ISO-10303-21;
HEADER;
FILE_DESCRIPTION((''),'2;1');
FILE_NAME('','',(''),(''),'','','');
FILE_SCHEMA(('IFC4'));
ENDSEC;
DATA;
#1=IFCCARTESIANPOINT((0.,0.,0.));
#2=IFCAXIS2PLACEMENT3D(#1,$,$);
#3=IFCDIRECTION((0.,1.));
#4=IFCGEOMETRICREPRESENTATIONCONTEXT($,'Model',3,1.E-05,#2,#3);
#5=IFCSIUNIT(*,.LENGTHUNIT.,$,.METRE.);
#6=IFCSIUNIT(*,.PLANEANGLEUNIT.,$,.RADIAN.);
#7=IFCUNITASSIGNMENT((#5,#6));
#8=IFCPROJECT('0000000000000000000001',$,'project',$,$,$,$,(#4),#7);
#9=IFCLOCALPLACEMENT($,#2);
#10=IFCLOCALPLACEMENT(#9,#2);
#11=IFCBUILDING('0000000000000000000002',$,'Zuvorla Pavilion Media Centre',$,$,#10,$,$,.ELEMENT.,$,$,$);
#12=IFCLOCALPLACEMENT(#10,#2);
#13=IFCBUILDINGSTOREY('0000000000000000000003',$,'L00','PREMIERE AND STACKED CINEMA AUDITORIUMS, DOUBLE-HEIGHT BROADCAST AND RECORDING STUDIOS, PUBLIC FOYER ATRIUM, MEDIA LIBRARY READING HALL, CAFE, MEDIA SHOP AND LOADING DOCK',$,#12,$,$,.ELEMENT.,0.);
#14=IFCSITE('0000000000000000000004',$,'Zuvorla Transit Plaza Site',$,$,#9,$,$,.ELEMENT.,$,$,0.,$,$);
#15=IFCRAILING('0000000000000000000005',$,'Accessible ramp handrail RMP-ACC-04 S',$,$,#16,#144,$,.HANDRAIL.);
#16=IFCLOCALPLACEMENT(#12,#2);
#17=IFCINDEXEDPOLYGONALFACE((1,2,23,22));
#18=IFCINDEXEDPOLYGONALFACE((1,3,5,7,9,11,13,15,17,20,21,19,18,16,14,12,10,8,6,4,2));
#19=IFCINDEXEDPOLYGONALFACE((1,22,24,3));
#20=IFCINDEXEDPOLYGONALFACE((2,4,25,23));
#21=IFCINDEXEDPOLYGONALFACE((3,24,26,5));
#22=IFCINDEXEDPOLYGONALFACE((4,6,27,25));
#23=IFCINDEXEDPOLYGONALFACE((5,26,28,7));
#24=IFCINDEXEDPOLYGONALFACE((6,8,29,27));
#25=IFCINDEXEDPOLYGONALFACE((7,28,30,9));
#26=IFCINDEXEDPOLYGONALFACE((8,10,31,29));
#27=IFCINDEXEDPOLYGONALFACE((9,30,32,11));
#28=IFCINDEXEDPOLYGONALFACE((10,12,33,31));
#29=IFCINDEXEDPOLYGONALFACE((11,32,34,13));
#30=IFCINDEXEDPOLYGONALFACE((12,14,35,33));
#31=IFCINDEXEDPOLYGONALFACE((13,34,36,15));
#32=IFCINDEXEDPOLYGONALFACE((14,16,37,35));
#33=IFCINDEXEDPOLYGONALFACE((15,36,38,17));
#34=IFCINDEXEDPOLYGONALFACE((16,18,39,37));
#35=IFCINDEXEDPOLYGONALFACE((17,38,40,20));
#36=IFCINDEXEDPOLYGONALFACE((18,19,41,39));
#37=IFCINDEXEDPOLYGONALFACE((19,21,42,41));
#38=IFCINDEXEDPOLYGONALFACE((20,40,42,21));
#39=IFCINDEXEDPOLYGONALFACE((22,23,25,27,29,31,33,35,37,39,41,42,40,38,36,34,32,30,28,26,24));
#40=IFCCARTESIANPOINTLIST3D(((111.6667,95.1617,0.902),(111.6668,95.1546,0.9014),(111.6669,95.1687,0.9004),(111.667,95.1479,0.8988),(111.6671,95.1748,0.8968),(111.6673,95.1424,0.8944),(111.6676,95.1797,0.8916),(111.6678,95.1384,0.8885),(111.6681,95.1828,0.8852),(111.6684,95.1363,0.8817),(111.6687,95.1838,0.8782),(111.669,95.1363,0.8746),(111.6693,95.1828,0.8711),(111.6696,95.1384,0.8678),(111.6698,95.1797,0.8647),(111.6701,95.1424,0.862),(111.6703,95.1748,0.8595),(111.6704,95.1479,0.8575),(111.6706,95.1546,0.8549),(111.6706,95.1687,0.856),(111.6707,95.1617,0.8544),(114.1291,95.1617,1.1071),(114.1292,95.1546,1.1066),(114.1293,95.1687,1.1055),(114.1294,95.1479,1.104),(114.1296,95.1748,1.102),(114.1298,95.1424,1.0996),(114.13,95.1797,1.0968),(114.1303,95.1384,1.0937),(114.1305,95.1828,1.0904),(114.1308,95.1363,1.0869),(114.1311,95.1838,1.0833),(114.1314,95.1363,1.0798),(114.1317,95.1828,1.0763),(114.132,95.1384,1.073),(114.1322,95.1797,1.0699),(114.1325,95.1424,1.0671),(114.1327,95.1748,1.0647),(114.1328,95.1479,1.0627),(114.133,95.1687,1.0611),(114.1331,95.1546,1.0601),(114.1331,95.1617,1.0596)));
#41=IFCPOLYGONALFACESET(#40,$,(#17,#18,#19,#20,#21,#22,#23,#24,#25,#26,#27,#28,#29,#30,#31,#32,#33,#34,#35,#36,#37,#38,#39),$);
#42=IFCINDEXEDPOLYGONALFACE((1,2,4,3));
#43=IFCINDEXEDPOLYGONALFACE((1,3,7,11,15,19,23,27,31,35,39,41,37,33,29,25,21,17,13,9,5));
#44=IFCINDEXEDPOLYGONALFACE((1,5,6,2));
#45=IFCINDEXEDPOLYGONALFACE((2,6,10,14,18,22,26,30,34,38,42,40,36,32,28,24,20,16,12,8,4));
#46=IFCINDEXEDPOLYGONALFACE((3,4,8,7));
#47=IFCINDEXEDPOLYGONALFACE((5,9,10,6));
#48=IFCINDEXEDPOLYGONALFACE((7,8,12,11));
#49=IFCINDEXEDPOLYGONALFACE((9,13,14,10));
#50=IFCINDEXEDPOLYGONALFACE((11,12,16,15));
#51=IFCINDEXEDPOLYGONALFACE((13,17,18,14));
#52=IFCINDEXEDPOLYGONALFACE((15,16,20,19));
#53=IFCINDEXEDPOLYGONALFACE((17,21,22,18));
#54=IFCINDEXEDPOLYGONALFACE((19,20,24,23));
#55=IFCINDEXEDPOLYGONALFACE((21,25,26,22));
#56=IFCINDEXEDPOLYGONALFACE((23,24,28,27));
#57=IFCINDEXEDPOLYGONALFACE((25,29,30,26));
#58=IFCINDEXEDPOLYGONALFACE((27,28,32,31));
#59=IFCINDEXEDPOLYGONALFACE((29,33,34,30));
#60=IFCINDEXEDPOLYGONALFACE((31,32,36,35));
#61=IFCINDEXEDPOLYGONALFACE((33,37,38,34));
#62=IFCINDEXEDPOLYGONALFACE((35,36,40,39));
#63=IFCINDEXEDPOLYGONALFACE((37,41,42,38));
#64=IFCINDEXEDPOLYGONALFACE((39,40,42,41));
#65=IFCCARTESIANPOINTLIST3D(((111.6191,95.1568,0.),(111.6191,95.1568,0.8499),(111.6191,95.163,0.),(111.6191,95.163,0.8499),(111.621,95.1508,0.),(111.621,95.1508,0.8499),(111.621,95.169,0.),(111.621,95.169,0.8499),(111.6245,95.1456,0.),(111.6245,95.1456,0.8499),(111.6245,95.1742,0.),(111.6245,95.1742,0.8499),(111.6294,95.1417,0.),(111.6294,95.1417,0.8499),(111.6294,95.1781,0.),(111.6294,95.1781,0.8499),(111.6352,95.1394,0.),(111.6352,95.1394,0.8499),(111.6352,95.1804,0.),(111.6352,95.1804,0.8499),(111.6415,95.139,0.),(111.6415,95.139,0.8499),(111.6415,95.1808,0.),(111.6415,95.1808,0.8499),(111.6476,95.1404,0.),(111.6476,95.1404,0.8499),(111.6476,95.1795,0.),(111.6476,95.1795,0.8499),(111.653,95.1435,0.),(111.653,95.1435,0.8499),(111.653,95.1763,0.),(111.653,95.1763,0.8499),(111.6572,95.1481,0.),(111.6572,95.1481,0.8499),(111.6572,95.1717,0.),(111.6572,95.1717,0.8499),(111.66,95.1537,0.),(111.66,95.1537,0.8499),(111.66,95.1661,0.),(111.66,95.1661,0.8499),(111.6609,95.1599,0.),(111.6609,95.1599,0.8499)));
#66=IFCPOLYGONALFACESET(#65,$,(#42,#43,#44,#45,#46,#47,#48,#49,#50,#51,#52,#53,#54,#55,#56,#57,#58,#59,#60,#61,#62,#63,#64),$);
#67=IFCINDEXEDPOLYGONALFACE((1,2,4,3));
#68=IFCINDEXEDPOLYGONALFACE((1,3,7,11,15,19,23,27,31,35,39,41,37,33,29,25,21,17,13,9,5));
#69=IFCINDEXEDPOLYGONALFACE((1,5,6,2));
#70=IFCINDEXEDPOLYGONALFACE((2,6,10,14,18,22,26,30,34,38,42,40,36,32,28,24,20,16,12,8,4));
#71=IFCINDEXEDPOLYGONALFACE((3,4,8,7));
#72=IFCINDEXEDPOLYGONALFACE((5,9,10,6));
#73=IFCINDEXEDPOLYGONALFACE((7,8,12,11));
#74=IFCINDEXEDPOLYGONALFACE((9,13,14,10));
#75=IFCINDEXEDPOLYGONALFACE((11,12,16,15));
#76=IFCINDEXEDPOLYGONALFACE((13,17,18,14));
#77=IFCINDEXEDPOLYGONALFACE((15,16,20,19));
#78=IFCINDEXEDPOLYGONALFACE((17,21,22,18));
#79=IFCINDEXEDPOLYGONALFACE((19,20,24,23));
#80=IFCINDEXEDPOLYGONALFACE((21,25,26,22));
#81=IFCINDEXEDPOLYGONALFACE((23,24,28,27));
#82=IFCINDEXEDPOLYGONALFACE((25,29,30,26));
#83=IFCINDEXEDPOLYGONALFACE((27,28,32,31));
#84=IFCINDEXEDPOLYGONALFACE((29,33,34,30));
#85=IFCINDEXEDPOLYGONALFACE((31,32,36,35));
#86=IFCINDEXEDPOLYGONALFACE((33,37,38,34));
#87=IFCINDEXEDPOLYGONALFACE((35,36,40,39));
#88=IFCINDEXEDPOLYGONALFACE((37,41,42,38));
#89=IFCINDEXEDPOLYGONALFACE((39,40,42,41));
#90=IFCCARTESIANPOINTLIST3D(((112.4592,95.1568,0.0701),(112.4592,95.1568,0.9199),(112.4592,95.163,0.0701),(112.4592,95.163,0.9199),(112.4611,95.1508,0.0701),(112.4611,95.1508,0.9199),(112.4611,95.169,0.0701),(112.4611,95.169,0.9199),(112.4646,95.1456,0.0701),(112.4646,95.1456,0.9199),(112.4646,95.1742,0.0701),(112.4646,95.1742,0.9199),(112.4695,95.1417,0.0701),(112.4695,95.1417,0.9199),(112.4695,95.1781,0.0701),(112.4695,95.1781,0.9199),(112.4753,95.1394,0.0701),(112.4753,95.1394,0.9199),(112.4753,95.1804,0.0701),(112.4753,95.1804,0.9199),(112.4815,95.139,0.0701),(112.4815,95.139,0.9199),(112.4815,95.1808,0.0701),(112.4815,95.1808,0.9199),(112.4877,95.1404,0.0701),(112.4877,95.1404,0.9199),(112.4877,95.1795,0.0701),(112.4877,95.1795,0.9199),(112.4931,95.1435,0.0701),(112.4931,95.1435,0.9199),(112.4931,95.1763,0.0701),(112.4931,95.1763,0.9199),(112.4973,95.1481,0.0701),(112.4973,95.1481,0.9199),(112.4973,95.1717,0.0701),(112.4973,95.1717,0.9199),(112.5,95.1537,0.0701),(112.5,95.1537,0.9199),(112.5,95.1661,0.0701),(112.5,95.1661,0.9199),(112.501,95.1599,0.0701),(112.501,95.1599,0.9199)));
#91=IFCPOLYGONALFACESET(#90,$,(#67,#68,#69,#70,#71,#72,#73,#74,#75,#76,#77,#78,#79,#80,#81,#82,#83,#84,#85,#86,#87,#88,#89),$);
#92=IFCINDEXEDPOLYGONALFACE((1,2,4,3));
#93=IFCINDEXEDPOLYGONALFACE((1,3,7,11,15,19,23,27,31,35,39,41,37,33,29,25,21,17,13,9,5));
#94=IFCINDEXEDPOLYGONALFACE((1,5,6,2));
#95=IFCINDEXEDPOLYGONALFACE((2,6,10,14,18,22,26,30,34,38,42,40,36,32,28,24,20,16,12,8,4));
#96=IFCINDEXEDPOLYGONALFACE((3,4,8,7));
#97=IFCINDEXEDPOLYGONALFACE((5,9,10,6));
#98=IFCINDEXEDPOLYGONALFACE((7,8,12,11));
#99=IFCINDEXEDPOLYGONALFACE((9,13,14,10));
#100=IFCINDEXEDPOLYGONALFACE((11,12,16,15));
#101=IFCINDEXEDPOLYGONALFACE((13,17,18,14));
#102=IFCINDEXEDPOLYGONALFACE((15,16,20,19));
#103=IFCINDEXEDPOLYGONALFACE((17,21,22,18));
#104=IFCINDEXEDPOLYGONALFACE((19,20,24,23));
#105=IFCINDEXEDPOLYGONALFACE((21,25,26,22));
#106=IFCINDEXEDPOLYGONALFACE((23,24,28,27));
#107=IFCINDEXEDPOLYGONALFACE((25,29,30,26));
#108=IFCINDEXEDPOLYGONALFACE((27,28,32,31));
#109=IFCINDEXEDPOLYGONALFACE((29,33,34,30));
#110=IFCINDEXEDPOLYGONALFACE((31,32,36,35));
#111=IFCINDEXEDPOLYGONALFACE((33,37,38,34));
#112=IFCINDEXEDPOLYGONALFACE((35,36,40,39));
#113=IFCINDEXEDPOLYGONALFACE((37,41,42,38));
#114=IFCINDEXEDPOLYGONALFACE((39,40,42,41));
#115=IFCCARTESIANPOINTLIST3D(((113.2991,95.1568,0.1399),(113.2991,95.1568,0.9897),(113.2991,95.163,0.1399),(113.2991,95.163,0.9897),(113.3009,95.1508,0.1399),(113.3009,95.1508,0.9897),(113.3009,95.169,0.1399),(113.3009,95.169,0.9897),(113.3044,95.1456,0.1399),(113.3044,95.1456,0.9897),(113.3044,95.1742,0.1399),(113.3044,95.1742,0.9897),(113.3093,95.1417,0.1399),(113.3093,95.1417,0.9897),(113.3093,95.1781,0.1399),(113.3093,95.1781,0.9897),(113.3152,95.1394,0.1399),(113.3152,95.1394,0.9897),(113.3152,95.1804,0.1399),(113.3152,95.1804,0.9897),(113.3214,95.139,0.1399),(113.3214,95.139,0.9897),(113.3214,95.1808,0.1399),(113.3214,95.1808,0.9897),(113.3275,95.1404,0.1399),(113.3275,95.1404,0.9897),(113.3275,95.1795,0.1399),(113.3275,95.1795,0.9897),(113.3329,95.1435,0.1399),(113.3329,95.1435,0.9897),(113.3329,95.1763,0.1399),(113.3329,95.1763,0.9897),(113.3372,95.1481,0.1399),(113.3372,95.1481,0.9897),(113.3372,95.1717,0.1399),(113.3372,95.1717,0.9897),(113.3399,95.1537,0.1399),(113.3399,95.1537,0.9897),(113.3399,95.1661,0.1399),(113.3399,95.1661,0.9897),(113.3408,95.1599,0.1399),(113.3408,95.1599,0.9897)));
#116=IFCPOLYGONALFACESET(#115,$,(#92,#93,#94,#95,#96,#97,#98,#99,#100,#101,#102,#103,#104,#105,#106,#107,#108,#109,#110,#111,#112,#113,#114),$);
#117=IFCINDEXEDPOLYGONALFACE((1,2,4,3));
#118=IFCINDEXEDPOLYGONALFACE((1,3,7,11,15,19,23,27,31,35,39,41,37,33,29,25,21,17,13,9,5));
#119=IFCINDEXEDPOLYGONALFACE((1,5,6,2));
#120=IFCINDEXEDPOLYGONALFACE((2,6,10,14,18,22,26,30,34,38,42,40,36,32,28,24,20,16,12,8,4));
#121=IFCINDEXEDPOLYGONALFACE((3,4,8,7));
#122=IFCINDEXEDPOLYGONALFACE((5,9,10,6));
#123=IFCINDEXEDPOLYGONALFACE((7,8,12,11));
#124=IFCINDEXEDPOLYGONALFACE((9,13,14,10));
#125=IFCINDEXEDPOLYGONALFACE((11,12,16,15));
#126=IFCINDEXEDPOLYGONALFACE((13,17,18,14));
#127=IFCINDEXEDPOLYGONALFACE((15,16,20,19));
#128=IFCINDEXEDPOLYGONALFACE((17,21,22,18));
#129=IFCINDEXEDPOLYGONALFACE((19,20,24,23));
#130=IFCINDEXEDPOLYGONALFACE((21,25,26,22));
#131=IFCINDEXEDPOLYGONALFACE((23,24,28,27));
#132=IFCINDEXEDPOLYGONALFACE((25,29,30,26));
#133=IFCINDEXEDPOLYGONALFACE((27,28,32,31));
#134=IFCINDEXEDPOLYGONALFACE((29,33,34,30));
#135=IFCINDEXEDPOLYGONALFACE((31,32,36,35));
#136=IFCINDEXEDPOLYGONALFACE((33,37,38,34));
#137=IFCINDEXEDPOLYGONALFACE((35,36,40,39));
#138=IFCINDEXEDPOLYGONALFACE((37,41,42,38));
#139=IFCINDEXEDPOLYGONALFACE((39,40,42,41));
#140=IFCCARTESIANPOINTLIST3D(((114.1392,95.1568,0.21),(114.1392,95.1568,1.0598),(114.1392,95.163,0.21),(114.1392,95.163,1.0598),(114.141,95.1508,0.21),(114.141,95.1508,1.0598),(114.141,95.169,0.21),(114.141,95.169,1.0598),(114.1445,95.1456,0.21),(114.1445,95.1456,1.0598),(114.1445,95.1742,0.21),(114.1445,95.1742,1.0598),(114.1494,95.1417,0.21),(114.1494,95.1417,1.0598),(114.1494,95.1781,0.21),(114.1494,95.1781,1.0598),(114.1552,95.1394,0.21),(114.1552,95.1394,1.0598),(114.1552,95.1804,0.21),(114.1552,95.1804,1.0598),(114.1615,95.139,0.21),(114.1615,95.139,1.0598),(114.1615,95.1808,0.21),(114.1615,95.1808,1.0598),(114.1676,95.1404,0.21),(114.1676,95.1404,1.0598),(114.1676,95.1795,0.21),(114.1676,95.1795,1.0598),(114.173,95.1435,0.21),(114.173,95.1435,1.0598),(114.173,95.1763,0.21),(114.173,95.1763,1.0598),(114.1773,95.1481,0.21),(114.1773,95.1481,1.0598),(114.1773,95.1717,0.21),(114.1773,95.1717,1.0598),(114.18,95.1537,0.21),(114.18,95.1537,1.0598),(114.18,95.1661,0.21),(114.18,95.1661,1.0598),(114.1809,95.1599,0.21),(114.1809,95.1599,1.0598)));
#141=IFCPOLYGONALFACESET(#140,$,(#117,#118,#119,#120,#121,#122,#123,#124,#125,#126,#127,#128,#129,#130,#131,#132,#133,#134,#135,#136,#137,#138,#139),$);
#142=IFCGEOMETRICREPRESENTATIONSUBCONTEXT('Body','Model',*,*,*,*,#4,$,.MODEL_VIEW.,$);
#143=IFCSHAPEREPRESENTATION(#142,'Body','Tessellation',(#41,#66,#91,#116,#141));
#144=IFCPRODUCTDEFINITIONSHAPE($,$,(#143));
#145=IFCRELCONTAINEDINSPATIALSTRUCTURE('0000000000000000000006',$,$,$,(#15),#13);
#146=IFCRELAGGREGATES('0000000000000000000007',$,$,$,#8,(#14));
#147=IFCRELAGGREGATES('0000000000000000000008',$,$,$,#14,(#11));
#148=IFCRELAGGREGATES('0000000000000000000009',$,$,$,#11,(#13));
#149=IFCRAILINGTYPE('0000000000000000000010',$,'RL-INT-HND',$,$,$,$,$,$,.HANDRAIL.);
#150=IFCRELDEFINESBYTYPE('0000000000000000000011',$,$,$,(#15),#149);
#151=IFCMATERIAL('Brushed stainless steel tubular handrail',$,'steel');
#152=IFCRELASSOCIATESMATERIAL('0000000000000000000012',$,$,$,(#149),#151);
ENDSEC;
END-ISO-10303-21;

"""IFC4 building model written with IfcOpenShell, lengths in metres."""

from ifc_helpers import new_model, si_unit, direction, frame, origin, origin_2d, place, context, subcontext, project, spatial, circle, extrude, material, type_object, element, save


model = new_model("IFC4")

# Units and contexts
model_context = context("Model", 3, precision=1e-05, world=origin(), true_north=direction((0.0, 1.0)))
body_context = subcontext(model_context, "Body", "Model", "MODEL_VIEW")
ifc_project = project(units=[si_unit("LENGTHUNIT", "METRE"), si_unit("PLANEANGLEUNIT", "RADIAN")], contexts=[model_context])

# Site, building, storey
site_placement = place(None, origin())
site = spatial("IfcSite", under=ifc_project, at=site_placement, Name="Zuvorla Transit Plaza Site", CompositionType="ELEMENT", RefElevation=0.0)
building_placement = place(site_placement, origin())
building = spatial("IfcBuilding", under=site, at=building_placement, Name="Zuvorla Pavilion Media Centre", CompositionType="ELEMENT")
storey_placement = place(building_placement, origin())
storey = spatial("IfcBuildingStorey", under=building, at=storey_placement, Name="L00", Description="PREMIERE AND STACKED CINEMA AUDITORIUMS, DOUBLE-HEIGHT BROADCAST AND RECORDING STUDIOS, PUBLIC FOYER ATRIUM, MEDIA LIBRARY READING HALL, CAFE, MEDIA SHOP AND LOADING DOCK", CompositionType="ELEMENT", Elevation=0.0)

# Railing
ifc_material_1 = material(Name="Brushed stainless steel tubular handrail", Category="steel")
railing_type = type_object("IfcRailingType", Name="RL-INT-HND", PredefinedType="HANDRAIL", material=ifc_material_1)
for number, where, name in (
    (1, (111.6399, 95.1599, 0.0), "Accessible ramp handrail RMP-ACC-04 S"),
):
    element("IfcRailing", number, at=place(storey_placement, frame(where)), inside=storey, type_object=railing_type, Name=name, PredefinedType="HANDRAIL", context=body_context, shape_type="SweptSolid", body=[
        extrude(circle(Radius=0.0239, at=origin_2d()), frame((0.0288, 0.0, 0.8782), z_axis=(0.996547, 0.0, 0.083029), x_axis=(0.0, 1.0, 0.0)), (0.0, 0.0, 1.0), 2.4709),
        extrude(circle(Radius=0.021, at=origin_2d()), origin(), (0.0, 0.0, 1.0), 0.8499),
        extrude(circle(Radius=0.021, at=origin_2d()), frame((0.8401, 0.0, 0.0701)), (0.0, 0.0, 1.0), 0.8499),
        extrude(circle(Radius=0.021, at=origin_2d()), frame((1.6799, 0.0, 0.1399)), (0.0, 0.0, 1.0), 0.8499),
        extrude(circle(Radius=0.021, at=origin_2d()), frame((2.52, 0.0, 0.21)), (0.0, 0.0, 1.0), 0.8499),
    ])

save(model, "model.ifc")
